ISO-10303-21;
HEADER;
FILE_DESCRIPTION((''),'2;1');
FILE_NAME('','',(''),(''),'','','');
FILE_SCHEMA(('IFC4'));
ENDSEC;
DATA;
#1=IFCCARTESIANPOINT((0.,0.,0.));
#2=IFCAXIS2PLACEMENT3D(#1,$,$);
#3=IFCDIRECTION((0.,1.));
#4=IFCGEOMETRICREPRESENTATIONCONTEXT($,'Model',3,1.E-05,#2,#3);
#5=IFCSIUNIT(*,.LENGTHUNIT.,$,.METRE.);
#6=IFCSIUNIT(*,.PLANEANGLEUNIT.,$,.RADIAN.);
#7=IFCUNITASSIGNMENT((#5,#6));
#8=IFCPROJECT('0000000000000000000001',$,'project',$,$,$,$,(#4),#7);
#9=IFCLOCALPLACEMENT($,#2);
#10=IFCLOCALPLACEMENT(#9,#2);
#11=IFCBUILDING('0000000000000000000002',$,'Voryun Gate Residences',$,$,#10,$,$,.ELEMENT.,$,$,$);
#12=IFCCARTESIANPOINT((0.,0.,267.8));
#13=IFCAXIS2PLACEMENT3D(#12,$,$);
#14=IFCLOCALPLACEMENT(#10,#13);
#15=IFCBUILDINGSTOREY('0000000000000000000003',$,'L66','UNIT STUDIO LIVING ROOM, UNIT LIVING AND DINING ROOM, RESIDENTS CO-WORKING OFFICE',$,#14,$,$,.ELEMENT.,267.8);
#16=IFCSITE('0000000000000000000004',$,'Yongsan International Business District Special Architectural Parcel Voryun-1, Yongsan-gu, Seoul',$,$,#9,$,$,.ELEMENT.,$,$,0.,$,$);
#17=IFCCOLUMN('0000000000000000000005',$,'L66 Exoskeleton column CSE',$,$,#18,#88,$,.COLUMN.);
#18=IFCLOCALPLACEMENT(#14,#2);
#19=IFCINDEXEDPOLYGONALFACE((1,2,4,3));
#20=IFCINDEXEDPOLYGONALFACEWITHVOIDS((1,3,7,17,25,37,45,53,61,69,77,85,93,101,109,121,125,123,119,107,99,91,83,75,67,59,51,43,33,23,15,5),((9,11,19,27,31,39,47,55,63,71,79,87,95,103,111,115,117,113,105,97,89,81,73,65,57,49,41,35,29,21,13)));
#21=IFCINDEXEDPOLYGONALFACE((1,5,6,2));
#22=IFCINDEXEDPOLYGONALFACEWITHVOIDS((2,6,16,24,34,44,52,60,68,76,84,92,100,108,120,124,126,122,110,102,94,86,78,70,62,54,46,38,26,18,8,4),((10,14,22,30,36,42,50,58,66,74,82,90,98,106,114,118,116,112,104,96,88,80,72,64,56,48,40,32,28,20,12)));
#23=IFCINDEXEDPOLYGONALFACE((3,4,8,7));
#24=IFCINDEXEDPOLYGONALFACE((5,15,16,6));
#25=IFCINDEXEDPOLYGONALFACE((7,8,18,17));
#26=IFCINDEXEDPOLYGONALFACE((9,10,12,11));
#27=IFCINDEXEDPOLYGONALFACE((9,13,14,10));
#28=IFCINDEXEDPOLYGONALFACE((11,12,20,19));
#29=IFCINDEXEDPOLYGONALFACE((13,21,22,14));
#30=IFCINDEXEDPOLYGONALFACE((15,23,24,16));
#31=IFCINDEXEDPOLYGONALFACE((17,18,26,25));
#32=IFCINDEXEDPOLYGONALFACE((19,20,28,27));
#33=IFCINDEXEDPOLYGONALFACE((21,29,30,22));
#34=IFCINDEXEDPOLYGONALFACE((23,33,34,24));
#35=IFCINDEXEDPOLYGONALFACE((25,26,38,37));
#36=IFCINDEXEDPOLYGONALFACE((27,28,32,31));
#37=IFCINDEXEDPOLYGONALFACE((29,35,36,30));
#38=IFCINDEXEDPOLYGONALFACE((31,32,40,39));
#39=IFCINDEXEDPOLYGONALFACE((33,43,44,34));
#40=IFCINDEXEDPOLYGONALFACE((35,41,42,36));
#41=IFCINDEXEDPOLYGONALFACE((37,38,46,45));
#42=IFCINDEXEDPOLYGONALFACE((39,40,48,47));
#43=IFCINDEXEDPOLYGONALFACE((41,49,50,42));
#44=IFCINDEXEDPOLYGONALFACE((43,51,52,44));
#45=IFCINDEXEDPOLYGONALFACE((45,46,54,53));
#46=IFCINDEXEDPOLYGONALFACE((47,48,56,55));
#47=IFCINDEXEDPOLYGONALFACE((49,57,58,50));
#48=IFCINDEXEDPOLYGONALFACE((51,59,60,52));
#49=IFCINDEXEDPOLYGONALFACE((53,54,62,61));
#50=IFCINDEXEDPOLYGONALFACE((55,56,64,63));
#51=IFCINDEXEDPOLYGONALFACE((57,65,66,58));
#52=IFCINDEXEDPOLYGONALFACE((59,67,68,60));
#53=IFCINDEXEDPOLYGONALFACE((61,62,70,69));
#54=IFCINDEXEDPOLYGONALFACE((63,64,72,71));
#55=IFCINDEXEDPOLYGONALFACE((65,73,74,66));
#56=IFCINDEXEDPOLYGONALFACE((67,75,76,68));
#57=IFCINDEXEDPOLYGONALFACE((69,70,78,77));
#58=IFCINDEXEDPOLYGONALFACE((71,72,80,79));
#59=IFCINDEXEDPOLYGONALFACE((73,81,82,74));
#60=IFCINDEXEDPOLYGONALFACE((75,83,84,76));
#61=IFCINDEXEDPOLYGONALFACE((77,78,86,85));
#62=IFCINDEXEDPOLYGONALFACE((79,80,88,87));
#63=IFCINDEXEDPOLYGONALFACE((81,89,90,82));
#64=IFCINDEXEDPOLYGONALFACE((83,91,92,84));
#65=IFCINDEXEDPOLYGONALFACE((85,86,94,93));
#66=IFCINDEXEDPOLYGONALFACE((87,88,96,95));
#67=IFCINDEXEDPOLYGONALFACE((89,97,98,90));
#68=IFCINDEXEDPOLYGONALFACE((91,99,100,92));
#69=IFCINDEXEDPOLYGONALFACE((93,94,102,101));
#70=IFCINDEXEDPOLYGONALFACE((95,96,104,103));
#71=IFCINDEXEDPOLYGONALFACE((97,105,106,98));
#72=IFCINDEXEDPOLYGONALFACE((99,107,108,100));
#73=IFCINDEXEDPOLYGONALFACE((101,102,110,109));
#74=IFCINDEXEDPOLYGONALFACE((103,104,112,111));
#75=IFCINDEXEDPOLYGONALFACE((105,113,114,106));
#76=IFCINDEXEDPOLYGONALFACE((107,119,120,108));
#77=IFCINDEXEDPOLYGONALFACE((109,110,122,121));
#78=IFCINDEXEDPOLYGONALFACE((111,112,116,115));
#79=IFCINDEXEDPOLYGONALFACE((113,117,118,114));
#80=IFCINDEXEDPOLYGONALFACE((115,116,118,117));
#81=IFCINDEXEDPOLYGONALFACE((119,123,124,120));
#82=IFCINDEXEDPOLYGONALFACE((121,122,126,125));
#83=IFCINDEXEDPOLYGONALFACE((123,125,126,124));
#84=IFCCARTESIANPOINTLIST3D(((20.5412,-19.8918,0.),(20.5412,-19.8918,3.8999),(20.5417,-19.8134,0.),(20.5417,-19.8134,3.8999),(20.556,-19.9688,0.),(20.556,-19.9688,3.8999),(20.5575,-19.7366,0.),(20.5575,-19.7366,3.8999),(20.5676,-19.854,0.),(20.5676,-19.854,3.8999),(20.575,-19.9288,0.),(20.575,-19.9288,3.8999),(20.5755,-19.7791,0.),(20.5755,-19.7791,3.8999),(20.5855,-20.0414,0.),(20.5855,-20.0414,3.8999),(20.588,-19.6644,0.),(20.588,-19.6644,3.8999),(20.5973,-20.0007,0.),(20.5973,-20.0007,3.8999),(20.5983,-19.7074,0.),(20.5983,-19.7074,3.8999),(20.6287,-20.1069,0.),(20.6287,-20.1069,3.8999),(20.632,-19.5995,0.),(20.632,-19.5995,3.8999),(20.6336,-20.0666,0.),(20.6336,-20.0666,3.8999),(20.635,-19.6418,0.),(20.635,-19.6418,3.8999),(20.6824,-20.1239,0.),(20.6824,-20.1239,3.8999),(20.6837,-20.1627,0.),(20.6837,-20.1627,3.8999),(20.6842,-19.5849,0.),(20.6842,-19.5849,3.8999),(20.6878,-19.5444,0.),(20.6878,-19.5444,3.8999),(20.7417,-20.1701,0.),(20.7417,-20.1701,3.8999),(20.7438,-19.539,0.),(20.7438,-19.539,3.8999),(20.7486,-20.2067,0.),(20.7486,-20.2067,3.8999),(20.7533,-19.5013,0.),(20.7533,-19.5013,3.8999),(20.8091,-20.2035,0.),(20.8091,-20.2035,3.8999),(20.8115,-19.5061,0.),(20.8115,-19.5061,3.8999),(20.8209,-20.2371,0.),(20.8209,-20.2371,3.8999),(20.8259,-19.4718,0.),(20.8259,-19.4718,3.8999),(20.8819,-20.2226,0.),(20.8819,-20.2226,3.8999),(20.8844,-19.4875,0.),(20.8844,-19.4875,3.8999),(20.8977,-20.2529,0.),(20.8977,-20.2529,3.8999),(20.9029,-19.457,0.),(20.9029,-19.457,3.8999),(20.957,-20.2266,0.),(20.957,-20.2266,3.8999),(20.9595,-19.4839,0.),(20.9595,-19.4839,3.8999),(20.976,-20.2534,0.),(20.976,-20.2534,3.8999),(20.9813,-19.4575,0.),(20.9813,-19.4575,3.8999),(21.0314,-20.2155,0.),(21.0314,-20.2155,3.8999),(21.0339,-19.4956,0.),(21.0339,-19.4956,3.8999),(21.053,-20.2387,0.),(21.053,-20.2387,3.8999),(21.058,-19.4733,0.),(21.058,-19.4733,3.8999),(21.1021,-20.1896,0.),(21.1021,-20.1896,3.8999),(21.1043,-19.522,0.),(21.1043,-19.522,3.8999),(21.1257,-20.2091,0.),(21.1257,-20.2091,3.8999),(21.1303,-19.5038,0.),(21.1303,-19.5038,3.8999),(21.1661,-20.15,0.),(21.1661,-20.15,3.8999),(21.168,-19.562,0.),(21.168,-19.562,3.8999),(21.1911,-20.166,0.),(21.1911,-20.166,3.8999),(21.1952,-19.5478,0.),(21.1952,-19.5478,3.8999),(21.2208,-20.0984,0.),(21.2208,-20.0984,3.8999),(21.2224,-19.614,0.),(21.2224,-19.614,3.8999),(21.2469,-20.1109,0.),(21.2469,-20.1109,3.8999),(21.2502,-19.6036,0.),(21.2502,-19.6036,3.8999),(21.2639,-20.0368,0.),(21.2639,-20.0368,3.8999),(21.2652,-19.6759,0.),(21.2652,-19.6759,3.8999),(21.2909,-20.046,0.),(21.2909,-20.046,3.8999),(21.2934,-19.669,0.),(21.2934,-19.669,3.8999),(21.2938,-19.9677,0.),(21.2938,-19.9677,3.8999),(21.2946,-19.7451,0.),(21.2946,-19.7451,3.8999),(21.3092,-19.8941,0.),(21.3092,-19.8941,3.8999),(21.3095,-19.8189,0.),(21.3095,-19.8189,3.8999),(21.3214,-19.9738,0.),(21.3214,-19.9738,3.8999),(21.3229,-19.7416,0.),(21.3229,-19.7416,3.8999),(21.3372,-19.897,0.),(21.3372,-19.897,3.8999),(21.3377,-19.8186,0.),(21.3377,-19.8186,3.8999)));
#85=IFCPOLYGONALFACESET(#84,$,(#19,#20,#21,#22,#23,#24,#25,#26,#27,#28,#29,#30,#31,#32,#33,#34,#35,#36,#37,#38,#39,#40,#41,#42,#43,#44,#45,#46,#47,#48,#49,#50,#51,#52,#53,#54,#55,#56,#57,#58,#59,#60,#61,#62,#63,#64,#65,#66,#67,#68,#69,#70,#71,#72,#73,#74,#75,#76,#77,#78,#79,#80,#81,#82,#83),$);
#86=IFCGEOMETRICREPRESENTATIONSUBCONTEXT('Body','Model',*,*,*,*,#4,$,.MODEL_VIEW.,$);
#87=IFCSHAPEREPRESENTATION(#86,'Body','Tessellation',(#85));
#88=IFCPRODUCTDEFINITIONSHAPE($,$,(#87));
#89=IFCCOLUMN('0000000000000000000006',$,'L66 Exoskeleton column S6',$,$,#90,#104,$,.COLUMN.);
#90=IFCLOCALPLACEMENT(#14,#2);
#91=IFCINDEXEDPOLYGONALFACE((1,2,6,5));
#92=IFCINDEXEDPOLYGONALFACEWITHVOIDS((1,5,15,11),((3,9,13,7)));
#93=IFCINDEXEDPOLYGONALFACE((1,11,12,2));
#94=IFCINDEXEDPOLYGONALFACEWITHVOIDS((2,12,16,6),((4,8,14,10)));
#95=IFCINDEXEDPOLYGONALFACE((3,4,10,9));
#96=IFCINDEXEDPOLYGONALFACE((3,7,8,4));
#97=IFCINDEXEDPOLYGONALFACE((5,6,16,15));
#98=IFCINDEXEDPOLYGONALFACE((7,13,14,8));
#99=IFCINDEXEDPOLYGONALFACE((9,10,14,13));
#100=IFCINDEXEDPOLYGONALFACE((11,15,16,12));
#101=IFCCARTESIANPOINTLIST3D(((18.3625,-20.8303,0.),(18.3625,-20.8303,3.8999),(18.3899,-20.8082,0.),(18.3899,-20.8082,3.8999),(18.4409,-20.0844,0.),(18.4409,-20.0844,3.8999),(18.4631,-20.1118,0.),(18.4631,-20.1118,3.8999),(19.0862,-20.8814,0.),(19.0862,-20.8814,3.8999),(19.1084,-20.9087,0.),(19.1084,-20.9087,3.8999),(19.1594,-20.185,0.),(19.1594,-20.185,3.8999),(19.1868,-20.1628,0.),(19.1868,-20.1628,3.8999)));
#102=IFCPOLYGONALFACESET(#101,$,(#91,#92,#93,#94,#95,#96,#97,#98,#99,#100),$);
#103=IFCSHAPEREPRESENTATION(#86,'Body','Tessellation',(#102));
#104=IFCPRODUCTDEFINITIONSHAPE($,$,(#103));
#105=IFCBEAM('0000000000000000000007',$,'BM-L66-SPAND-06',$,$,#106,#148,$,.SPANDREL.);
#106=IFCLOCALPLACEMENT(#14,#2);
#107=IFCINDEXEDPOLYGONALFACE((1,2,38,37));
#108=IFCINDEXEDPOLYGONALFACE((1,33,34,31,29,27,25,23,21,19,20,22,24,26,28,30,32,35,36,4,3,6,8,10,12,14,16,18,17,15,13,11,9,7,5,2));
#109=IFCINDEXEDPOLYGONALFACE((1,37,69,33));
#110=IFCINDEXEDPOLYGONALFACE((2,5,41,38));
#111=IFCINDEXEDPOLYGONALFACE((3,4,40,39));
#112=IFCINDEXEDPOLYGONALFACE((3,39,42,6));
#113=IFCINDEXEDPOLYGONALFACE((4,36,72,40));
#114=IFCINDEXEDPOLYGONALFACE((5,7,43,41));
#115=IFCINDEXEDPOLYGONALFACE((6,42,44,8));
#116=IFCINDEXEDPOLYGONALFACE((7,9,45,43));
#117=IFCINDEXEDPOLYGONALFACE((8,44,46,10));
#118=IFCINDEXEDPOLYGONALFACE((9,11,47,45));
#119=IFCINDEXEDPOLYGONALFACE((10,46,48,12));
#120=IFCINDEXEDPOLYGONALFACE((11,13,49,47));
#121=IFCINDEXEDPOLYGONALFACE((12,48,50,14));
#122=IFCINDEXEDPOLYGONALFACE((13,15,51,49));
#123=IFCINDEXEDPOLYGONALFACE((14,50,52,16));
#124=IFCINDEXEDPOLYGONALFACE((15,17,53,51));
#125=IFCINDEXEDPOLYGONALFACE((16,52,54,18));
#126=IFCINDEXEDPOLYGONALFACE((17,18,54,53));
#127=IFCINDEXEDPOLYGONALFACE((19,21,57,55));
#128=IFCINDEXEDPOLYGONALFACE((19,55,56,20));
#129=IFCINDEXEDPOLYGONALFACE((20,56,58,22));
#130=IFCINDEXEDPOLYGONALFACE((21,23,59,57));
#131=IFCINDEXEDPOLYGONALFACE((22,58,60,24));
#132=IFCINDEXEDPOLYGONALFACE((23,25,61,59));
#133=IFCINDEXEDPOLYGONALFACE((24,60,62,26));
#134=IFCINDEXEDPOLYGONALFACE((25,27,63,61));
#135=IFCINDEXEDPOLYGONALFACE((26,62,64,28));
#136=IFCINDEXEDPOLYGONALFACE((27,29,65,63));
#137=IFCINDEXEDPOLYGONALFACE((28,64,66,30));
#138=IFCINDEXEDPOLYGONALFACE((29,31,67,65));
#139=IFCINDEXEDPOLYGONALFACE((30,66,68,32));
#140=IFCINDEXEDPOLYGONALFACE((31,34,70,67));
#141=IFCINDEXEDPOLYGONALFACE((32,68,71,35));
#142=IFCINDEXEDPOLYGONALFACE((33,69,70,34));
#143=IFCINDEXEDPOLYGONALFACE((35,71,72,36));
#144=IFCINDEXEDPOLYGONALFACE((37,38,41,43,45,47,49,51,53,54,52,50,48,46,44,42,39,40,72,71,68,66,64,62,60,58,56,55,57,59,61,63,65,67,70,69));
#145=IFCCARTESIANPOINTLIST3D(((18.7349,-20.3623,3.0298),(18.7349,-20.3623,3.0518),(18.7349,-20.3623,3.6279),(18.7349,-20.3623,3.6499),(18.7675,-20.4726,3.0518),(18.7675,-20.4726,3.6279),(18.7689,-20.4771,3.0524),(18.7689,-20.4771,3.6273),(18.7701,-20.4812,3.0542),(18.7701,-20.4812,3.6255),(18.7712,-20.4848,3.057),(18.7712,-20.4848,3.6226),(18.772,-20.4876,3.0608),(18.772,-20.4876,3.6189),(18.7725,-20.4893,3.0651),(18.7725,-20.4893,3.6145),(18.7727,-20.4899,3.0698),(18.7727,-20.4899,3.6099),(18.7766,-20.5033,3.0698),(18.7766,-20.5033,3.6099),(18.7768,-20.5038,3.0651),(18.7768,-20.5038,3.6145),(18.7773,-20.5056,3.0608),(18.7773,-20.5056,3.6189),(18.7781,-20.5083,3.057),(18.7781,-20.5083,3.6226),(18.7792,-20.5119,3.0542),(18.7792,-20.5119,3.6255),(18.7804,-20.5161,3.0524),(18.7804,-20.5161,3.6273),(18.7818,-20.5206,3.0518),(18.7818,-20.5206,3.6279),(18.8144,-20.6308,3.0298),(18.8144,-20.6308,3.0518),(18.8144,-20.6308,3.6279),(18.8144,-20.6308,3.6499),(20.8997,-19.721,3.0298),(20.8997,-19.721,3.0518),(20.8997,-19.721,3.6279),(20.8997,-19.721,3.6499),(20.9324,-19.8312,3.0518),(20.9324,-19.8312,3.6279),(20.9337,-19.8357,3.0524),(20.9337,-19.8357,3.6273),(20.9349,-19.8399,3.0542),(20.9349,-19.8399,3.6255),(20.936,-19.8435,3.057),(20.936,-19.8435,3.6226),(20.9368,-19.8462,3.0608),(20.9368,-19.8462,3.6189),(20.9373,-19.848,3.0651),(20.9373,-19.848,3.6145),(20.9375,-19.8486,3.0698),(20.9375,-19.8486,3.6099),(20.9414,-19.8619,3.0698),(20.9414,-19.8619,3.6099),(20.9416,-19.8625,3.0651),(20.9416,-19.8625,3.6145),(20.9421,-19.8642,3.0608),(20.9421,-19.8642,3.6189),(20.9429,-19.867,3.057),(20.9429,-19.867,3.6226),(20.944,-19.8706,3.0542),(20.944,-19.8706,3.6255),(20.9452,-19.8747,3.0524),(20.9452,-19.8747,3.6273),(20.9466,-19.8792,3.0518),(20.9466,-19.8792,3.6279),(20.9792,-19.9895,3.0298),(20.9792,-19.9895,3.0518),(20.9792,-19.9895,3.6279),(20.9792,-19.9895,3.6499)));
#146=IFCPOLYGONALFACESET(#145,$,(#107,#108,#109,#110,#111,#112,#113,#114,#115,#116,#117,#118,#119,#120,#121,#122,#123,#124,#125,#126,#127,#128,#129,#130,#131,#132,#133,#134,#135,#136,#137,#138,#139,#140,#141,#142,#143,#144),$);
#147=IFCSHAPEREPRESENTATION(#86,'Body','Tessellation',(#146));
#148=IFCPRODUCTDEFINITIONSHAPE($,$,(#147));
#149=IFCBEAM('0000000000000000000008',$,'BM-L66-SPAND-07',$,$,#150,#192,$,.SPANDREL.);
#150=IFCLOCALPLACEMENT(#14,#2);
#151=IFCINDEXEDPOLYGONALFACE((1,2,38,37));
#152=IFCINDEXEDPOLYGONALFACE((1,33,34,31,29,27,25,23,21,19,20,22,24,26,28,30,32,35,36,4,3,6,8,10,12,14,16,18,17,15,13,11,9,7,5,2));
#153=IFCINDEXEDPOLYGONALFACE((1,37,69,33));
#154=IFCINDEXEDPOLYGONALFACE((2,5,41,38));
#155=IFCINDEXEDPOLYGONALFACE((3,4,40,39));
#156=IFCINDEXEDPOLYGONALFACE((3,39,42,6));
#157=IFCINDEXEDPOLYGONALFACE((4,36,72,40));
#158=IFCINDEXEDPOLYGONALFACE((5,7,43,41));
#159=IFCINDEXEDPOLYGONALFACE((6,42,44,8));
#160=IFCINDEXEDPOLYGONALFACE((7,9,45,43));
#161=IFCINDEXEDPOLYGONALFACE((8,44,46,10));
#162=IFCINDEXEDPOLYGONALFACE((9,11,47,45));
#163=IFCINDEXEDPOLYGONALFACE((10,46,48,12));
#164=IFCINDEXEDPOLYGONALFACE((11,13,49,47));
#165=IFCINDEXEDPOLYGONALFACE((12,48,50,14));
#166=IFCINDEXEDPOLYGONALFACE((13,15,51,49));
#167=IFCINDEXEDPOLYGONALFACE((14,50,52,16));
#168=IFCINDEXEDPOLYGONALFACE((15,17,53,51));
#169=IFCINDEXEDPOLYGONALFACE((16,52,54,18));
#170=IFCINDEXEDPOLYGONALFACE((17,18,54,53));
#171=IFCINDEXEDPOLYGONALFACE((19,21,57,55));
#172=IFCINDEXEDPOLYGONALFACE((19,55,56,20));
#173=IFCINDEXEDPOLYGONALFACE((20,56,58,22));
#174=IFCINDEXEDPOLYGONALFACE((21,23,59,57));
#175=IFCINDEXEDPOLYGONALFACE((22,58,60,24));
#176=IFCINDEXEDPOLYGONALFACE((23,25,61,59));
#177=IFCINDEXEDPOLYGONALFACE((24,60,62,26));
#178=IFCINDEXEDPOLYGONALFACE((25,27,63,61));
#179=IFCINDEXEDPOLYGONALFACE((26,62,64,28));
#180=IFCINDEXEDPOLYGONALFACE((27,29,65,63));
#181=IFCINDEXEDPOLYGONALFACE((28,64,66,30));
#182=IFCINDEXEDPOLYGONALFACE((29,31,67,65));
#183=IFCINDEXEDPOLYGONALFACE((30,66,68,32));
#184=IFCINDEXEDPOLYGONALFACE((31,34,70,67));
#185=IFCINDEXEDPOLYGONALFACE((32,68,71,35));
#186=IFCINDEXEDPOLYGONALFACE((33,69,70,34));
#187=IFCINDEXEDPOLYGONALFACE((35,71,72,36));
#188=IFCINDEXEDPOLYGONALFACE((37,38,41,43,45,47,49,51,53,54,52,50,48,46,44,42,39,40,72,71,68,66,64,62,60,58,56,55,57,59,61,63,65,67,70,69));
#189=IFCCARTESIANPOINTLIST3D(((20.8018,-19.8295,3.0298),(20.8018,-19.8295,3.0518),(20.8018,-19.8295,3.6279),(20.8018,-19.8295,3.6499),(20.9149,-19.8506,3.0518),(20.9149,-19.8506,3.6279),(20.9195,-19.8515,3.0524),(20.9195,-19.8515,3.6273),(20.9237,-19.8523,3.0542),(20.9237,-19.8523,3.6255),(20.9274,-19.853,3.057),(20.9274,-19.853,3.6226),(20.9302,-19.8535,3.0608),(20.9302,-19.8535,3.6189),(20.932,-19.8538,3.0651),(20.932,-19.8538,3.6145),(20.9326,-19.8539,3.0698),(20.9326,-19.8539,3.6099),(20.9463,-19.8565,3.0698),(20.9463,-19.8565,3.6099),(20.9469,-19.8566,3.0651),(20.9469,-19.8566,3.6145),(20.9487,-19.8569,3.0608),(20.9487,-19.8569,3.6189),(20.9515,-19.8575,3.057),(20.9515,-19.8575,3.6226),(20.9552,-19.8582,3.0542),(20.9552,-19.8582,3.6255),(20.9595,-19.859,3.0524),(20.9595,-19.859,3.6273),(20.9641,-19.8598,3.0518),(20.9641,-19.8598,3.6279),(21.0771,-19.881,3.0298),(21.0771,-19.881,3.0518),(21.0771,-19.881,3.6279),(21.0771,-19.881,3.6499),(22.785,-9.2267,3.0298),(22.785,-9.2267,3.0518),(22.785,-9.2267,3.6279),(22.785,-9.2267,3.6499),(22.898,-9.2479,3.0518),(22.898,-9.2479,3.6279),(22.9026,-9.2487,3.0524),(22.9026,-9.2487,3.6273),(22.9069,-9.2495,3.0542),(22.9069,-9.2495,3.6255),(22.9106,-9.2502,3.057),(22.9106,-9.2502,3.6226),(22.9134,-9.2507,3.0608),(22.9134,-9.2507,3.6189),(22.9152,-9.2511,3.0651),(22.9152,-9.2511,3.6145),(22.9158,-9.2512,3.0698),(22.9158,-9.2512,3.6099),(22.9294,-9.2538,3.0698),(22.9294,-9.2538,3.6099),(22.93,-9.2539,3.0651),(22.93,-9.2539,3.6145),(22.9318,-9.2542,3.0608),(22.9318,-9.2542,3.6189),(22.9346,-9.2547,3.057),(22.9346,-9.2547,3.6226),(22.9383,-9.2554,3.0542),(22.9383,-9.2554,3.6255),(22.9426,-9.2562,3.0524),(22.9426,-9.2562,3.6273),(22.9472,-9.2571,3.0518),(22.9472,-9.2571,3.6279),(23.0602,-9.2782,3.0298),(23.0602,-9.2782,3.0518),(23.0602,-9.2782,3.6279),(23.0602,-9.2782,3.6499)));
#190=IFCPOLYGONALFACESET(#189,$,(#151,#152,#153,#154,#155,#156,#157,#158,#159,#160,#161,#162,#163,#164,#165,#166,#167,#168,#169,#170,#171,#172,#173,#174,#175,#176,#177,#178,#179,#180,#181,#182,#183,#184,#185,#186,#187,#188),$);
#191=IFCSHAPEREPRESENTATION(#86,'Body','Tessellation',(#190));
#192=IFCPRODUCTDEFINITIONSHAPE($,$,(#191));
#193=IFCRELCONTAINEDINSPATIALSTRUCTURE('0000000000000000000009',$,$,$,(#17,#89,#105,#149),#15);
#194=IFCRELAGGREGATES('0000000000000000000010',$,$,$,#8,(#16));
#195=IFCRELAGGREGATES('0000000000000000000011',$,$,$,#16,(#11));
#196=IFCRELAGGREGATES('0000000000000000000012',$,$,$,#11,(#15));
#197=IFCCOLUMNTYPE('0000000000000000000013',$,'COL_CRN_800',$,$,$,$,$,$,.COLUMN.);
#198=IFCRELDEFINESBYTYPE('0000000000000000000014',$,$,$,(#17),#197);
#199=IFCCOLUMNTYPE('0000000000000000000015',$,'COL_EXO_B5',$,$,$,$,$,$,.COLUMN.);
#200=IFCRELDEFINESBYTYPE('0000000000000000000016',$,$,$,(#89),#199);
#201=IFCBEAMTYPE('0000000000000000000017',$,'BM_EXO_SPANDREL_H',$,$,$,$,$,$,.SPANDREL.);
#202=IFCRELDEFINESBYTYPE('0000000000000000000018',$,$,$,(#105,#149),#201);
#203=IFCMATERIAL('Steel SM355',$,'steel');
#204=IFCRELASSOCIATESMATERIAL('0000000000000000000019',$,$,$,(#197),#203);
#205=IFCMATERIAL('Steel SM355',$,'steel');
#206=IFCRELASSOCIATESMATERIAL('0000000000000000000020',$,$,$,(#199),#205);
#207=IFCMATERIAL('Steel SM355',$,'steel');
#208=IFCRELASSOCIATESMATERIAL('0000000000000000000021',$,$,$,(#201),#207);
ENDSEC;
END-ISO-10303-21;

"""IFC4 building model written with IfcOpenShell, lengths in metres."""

from ifc_helpers import new_model, si_unit, direction, frame, origin, origin_2d, place, context, subcontext, project, spatial, hollow_rectangle, hollow_circle, i_section, extrude, material, material_profile, profile_set, type_object, element, save


model = new_model("IFC4")

# Units and contexts
model_context = context("Model", 3, precision=1e-05, world=origin(), true_north=direction((0.0, 1.0)))
body_context = subcontext(model_context, "Body", "Model", "MODEL_VIEW")
ifc_project = project(units=[si_unit("LENGTHUNIT", "METRE"), si_unit("PLANEANGLEUNIT", "RADIAN")], contexts=[model_context])

# Site, building, storey
site_placement = place(None, origin())
site = spatial("IfcSite", under=ifc_project, at=site_placement, Name="Yongsan International Business District Special Architectural Parcel Voryun-1, Yongsan-gu, Seoul", CompositionType="ELEMENT", RefElevation=0.0)
building_placement = place(site_placement, origin())
building = spatial("IfcBuilding", under=site, at=building_placement, Name="Voryun Gate Residences", CompositionType="ELEMENT")
storey_placement = place(building_placement, frame((0.0, 0.0, 267.8)))
storey = spatial("IfcBuildingStorey", under=building, at=storey_placement, Name="L66", Description="UNIT STUDIO LIVING ROOM, UNIT LIVING AND DINING ROOM, RESIDENTS CO-WORKING OFFICE", CompositionType="ELEMENT", Elevation=267.8)

# Columns
ifc_material_1 = material(Name="Steel SM355", Category="steel")
ifc_material_profile_1 = material_profile(ifc_material_1, hollow_circle(Radius=0.3999, WallThickness=0.0281, at=origin_2d()), Name="CHS-800x28")
ifc_profile_set_1 = profile_set([ifc_material_profile_1], Name="Steel SM355")
column_type_1 = type_object("IfcColumnType", Name="COL_CRN_800", PredefinedType="COLUMN", material=ifc_profile_set_1)
column_1_placement = place(storey_placement, frame((20.9395, -19.8552, 0.0), z_axis=(0.0, 0.0, 1.0), x_axis=(0.994522, -0.104528, 0.0)))
element("IfcColumn", 1, at=column_1_placement, inside=storey, type_object=column_type_1, Name="L66 Exoskeleton column CSE", PredefinedType="COLUMN", context=body_context, shape_type="SweptSolid", body=[
    extrude(hollow_circle(Radius=0.3999, WallThickness=0.0281, at=origin_2d()), origin(), (0.0, 0.0, 1.0), 3.8999),
])
ifc_material_2 = material(Name="Steel SM355", Category="steel")
ifc_material_profile_2 = material_profile(ifc_material_2, hollow_rectangle(XDim=0.75, YDim=0.75, WallThickness=0.0249, at=origin_2d()), Name="BOX-750x750x25")
ifc_profile_set_2 = profile_set([ifc_material_profile_2], Name="Steel SM355")
column_type_2 = type_object("IfcColumnType", Name="COL_EXO_B5", PredefinedType="COLUMN", material=ifc_profile_set_2)
column_2_placement = place(storey_placement, frame((18.7747, -20.4966, 0.0), z_axis=(0.0, 0.0, 1.0), x_axis=(0.994522, -0.104528, 0.0)))
element("IfcColumn", 2, at=column_2_placement, inside=storey, type_object=column_type_2, Name="L66 Exoskeleton column S6", PredefinedType="COLUMN", context=body_context, shape_type="SweptSolid", body=[
    extrude(hollow_rectangle(XDim=0.75, YDim=0.75, WallThickness=0.0249, at=origin_2d()), origin(), (0.0, 0.0, 1.0), 3.8999),
])

# Beams
ifc_material_3 = material(Name="Steel SM355", Category="steel")
ifc_material_profile_3 = material_profile(ifc_material_3, i_section(OverallWidth=0.28, OverallDepth=0.6201, WebThickness=0.0139, FlangeThickness=0.022, FilletRadius=0.0181, at=origin_2d()), Name="H-620x280x14x22")
ifc_profile_set_3 = profile_set([ifc_material_profile_3], Name="Steel SM355")
beam_type = type_object("IfcBeamType", Name="BM_EXO_SPANDREL_H", PredefinedType="SPANDREL", material=ifc_profile_set_3)
beam_1_placement = place(storey_placement, frame((18.7747, -20.4966, 3.3398), z_axis=(0.958806, 0.284063, 0.0), x_axis=(-0.284063, 0.958806, 0.0)))
element("IfcBeam", 3, at=beam_1_placement, inside=storey, type_object=beam_type, Name="BM-L66-SPAND-06", PredefinedType="SPANDREL", context=body_context, shape_type="SweptSolid", body=[
    extrude(i_section(OverallWidth=0.28, OverallDepth=0.6201, WebThickness=0.0139, FlangeThickness=0.022, FilletRadius=0.0181, at=origin_2d()), origin(), (0.0, 0.0, 1.0), 2.2578),
])
beam_2_placement = place(storey_placement, frame((20.9395, -19.8552, 3.3398), z_axis=(0.183853, 0.982954, 0.0), x_axis=(-0.982954, 0.183853, 0.0)))
element("IfcBeam", 4, at=beam_2_placement, inside=storey, type_object=beam_type, Name="BM-L66-SPAND-07", PredefinedType="SPANDREL", context=body_context, shape_type="SweptSolid", body=[
    extrude(i_section(OverallWidth=0.28, OverallDepth=0.6201, WebThickness=0.0139, FlangeThickness=0.022, FilletRadius=0.0181, at=origin_2d()), origin(), (0.0, 0.0, 1.0), 10.7866),
])

save(model, "model.ifc")
